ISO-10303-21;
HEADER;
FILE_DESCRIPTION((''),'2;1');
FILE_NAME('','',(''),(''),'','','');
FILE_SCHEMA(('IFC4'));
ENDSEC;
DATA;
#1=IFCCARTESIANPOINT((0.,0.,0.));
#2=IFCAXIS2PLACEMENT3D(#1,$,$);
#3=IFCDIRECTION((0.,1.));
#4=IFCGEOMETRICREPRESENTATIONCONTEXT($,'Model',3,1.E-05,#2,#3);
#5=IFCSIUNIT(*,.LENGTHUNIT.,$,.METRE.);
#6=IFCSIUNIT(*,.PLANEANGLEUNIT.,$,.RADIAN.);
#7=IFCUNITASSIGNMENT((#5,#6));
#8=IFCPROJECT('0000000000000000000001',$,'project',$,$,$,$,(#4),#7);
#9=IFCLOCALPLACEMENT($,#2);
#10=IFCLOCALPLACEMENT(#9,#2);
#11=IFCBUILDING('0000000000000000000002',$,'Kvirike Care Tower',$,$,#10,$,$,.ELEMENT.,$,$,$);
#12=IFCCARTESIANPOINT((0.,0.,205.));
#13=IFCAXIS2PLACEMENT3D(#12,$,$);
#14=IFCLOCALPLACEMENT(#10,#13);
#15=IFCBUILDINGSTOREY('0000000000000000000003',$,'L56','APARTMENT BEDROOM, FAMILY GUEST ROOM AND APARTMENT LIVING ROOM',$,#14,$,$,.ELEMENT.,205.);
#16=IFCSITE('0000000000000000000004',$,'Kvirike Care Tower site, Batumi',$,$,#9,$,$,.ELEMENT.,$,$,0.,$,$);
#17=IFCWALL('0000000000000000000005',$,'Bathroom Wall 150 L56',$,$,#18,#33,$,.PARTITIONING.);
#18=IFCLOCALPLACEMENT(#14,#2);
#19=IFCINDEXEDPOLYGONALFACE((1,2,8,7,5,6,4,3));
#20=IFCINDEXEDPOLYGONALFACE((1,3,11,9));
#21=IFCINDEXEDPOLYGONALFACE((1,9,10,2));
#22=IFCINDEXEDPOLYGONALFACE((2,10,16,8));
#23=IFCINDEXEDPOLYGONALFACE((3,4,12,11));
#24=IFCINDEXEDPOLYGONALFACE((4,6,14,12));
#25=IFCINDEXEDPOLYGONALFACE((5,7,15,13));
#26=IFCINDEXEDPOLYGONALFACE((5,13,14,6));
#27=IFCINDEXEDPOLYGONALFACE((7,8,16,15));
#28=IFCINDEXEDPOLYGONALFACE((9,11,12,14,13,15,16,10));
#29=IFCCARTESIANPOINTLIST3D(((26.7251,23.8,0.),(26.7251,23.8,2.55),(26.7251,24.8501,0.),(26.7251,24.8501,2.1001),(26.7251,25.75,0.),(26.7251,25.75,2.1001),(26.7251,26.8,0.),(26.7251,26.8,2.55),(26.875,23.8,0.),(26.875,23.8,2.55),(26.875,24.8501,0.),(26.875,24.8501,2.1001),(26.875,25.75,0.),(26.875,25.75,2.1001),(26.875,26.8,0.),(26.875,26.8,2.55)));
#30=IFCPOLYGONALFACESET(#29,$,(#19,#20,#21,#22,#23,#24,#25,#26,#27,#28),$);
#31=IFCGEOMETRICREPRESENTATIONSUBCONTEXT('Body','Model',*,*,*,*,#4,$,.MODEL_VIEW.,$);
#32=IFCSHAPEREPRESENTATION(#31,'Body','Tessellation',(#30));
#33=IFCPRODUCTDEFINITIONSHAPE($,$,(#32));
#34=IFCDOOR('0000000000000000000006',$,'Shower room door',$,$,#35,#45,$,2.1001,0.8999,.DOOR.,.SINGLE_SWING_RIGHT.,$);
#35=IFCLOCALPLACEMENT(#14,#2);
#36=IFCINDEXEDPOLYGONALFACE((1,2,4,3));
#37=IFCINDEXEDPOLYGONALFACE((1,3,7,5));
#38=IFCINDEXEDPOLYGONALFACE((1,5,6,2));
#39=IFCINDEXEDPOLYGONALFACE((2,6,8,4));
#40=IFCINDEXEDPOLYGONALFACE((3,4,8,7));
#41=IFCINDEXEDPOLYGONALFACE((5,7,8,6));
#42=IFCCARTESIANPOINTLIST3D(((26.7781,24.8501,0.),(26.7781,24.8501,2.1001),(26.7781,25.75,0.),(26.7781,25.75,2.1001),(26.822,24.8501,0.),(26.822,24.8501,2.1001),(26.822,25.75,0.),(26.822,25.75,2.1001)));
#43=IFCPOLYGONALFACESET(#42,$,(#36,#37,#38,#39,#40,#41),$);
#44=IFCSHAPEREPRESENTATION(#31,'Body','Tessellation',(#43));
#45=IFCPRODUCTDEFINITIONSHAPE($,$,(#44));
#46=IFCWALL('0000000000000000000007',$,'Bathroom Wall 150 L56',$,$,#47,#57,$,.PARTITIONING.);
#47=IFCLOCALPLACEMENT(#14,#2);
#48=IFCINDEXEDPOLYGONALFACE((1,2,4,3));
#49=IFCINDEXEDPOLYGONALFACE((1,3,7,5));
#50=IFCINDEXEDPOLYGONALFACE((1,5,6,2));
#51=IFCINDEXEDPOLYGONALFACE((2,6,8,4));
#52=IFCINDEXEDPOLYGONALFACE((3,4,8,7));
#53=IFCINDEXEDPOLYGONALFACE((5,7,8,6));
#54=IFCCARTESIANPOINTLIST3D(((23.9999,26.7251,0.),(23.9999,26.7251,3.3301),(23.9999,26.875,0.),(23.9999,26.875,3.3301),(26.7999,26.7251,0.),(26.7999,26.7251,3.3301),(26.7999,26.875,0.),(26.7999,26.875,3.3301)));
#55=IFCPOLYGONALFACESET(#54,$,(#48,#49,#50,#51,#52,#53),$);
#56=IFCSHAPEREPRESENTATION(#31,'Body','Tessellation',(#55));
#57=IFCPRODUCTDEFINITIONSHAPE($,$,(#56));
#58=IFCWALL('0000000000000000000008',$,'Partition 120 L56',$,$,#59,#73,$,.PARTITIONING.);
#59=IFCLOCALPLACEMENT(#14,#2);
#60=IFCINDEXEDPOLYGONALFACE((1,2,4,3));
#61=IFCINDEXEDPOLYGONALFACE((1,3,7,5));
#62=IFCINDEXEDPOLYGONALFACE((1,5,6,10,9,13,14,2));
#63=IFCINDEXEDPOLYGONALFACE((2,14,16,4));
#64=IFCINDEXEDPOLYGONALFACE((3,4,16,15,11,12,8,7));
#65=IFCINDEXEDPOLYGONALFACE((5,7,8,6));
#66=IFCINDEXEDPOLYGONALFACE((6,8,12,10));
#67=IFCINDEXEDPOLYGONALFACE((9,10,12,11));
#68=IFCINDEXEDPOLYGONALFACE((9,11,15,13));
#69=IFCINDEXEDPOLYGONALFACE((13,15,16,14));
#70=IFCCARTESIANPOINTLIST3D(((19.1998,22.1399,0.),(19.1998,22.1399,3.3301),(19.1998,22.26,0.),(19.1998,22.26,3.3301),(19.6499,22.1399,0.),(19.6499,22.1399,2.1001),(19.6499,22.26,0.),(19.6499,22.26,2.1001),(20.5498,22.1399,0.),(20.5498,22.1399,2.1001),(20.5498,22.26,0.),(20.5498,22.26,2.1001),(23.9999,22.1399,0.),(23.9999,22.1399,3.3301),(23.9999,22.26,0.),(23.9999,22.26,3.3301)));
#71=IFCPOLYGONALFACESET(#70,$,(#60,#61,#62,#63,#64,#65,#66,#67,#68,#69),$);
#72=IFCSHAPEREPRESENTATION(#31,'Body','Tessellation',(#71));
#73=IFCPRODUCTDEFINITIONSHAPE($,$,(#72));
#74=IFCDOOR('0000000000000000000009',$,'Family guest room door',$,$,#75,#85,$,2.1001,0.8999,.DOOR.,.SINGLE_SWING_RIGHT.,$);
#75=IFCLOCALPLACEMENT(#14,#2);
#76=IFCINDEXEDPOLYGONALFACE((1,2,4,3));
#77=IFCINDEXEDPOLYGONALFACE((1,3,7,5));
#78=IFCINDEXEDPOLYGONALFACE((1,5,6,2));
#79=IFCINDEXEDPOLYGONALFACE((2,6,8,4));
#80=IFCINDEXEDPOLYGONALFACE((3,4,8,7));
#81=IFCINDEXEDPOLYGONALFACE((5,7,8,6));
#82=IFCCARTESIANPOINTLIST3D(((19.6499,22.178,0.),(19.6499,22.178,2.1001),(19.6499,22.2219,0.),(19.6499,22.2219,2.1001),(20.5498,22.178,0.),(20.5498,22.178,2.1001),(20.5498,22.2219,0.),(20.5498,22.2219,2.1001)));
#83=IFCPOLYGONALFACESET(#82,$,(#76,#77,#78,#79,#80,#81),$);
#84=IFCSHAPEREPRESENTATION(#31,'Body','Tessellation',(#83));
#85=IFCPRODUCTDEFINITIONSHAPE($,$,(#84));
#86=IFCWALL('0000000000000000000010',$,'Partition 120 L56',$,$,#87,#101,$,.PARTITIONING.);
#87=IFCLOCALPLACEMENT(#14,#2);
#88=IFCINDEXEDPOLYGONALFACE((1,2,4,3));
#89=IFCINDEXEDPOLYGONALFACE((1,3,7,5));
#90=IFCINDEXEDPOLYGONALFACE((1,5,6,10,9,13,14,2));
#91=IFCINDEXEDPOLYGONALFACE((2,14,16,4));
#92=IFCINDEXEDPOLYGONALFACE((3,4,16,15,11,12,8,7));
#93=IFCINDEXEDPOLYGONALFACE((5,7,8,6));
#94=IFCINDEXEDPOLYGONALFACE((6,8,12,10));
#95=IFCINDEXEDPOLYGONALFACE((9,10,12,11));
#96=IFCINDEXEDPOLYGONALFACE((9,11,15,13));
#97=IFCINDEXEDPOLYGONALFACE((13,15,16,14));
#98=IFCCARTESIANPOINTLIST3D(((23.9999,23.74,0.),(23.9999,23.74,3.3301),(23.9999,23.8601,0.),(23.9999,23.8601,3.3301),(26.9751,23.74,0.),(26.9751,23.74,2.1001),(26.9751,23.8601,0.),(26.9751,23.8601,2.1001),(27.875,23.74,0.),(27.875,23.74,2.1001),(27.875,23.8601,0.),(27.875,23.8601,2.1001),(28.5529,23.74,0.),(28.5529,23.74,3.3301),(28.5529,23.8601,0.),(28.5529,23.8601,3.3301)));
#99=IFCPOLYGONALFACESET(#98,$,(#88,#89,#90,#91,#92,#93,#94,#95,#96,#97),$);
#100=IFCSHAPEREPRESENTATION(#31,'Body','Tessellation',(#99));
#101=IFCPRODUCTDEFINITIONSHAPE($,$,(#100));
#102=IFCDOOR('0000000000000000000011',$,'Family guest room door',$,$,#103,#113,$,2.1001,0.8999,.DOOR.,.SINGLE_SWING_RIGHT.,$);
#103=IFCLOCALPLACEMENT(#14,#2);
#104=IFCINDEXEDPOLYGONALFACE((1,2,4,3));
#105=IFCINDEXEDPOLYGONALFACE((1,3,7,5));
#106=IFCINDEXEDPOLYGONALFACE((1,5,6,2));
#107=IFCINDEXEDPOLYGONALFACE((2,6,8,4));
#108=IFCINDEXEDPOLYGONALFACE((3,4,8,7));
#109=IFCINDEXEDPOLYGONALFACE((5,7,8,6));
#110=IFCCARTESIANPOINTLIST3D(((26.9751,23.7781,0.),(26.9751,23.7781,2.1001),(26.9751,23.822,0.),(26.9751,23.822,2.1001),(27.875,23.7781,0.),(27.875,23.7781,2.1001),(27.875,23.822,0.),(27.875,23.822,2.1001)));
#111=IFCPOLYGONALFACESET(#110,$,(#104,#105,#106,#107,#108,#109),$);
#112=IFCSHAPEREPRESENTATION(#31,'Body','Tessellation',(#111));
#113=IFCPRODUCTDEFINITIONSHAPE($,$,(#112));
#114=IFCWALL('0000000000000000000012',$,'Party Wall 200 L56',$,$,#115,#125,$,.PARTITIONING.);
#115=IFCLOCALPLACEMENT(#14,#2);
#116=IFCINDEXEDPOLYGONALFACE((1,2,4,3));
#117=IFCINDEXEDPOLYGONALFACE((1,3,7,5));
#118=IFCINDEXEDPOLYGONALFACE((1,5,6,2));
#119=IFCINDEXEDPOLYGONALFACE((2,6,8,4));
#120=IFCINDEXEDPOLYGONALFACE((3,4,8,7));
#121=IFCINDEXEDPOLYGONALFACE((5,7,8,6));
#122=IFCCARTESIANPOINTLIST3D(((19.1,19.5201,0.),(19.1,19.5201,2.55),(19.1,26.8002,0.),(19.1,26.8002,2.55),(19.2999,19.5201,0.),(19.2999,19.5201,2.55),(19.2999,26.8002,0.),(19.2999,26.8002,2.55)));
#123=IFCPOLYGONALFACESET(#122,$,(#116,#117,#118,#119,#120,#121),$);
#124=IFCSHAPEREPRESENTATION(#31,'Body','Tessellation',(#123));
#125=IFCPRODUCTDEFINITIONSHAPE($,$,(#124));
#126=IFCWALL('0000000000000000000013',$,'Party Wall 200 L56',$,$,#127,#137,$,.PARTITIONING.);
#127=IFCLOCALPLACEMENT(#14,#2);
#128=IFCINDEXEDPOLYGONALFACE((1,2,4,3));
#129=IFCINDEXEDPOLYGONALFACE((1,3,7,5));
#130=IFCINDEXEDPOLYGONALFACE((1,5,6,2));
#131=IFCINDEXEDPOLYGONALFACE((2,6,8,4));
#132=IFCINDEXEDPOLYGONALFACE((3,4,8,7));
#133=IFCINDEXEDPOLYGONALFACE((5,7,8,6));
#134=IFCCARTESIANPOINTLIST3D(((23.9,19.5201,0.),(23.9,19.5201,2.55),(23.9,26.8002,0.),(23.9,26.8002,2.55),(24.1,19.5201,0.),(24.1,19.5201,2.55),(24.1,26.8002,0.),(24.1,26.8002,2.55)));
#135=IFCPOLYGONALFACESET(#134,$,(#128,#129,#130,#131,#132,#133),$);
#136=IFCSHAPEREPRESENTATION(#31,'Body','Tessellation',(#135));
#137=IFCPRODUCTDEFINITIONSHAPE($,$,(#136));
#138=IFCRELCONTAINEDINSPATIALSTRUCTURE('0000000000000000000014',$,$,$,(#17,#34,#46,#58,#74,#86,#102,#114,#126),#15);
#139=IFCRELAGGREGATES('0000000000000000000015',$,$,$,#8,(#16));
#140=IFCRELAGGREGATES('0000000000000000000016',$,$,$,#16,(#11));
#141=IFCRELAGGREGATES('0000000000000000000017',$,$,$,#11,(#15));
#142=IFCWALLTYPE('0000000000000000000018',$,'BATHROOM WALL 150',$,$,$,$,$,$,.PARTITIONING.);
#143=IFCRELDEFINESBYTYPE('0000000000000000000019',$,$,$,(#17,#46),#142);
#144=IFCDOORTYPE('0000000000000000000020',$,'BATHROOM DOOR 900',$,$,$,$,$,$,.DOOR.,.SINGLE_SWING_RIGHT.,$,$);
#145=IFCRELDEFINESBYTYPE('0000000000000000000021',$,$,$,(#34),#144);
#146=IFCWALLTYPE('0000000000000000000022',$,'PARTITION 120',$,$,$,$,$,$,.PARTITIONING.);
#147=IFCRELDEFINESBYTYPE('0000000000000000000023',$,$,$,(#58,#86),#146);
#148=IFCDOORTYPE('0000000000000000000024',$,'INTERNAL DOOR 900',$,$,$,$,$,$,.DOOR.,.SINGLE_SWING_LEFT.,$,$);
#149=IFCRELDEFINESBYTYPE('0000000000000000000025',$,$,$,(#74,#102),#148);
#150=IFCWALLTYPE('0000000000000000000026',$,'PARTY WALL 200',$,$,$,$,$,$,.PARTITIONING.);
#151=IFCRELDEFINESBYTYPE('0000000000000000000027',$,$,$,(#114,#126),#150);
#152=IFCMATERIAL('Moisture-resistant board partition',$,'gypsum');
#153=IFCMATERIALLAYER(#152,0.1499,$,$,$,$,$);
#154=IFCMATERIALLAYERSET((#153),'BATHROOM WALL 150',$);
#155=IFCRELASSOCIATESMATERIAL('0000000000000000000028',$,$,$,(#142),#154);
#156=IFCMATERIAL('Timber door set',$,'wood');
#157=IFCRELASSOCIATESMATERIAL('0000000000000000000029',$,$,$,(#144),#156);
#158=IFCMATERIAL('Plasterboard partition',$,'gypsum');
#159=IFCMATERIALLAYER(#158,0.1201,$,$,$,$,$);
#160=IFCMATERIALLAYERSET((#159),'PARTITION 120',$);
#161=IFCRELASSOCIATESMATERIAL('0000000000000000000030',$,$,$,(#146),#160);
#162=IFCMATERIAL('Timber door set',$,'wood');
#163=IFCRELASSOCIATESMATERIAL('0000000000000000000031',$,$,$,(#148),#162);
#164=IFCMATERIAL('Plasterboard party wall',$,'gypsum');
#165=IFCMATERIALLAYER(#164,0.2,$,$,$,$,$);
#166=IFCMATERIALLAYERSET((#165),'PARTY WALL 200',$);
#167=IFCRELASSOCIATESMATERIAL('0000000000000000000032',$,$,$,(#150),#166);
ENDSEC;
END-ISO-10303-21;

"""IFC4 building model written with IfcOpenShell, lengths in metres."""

from ifc_helpers import new_model, si_unit, direction, frame, frame_2d, origin, place, context, subcontext, project, spatial, rectangle, extrude, material, layer, layer_set, type_object, element, fill, save


model = new_model("IFC4")

# Units and contexts
model_context = context("Model", 3, precision=1e-05, world=origin(), true_north=direction((0.0, 1.0)))
body_context = subcontext(model_context, "Body", "Model", "MODEL_VIEW")
ifc_project = project(units=[si_unit("LENGTHUNIT", "METRE"), si_unit("PLANEANGLEUNIT", "RADIAN")], contexts=[model_context])

# Site, building, storey
site_placement = place(None, origin())
site = spatial("IfcSite", under=ifc_project, at=site_placement, Name="Kvirike Care Tower site, Batumi", CompositionType="ELEMENT", RefElevation=0.0)
building_placement = place(site_placement, origin())
building = spatial("IfcBuilding", under=site, at=building_placement, Name="Kvirike Care Tower", CompositionType="ELEMENT")
storey_placement = place(building_placement, frame((0.0, 0.0, 205.0)))
storey = spatial("IfcBuildingStorey", under=building, at=storey_placement, Name="L56", Description="APARTMENT BEDROOM, FAMILY GUEST ROOM AND APARTMENT LIVING ROOM", CompositionType="ELEMENT", Elevation=205.0)

# Shared definitions
ifc_material_1 = material(Name="Moisture-resistant board partition", Category="gypsum")
ifc_layer_1 = layer(ifc_material_1, 0.1499)
ifc_layer_set_1 = layer_set([ifc_layer_1], Name="BATHROOM WALL 150")
wall_type_1 = type_object("IfcWallType", Name="BATHROOM WALL 150", PredefinedType="PARTITIONING", material=ifc_layer_set_1)
ifc_material_2 = material(Name="Timber door set", Category="wood")
door_type_1 = type_object("IfcDoorType", Name="BATHROOM DOOR 900", OperationType="SINGLE_SWING_RIGHT", PredefinedType="DOOR", material=ifc_material_2)

# Wall, opening, door
wall_1_placement = place(storey_placement, frame((26.8, 23.8, 0.0), z_axis=(0.0, 0.0, 1.0), x_axis=(0.0, 1.0, 0.0)))
wall_1 = element("IfcWall", 1, at=wall_1_placement, inside=storey, type_object=wall_type_1, Name="Bathroom Wall 150 L56", PredefinedType="PARTITIONING", context=body_context, shape_type="SweptSolid", body=[
    extrude(rectangle(XDim=3.0, YDim=0.1499, at=frame_2d((1.5, 0.0))), origin(), (0.0, 0.0, 1.0), 2.55),
])
opening_1_placement = place(wall_1_placement, frame((1.05, 0.0, 0.0)))
opening_1 = element("IfcOpeningElement", 2, at=opening_1_placement, cuts=wall_1, PredefinedType="OPENING", context=body_context, shape_type="SweptSolid", body=[
    extrude(rectangle(XDim=0.8999, YDim=2.1001, at=frame_2d((0.45, 1.05))), frame((0.0, 0.0854, 0.0), z_axis=(0.0, -1.0, 0.0), x_axis=(1.0, 0.0, 0.0)), (0.0, 0.0, 1.0), 0.1709),
])
door_1_placement = place(opening_1_placement, frame((0.8999, 0.0, 0.0), z_axis=(0.0, 0.0, 1.0), x_axis=(-1.0, 0.0, 0.0)))
door_1 = element("IfcDoor", 3, at=door_1_placement, inside=storey, type_object=door_type_1, Name="Shower room door", OperationType="SINGLE_SWING_RIGHT", OverallHeight=2.1001, OverallWidth=0.8999, PredefinedType="DOOR", context=body_context, shape_type="SweptSolid", body=[
    extrude(rectangle(XDim=0.8999, YDim=2.1001, at=frame_2d((0.45, 1.05))), frame((0.0, 0.022, 0.0), z_axis=(0.0, -1.0, 0.0), x_axis=(1.0, 0.0, 0.0)), (0.0, 0.0, 1.0), 0.0439),
])
fill(opening_1, door_1)

# Wall
wall_2_placement = place(storey_placement, frame((24.0, 26.8, 0.0), z_axis=(0.0, 0.0, 1.0), x_axis=(1.0, 0.0, 0.0)))
element("IfcWall", 4, at=wall_2_placement, inside=storey, type_object=wall_type_1, Name="Bathroom Wall 150 L56", PredefinedType="PARTITIONING", context=body_context, shape_type="SweptSolid", body=[
    extrude(rectangle(XDim=2.8, YDim=0.1499, at=frame_2d((1.3999, 0.0))), origin(), (0.0, 0.0, 1.0), 3.3301),
])

# Walls, openings, doors
ifc_material_3 = material(Name="Plasterboard partition", Category="gypsum")
ifc_layer_2 = layer(ifc_material_3, 0.1201)
ifc_layer_set_2 = layer_set([ifc_layer_2], Name="PARTITION 120")
wall_type_2 = type_object("IfcWallType", Name="PARTITION 120", PredefinedType="PARTITIONING", material=ifc_layer_set_2)
wall_3_placement = place(storey_placement, frame((19.2, 22.2, 0.0), z_axis=(0.0, 0.0, 1.0), x_axis=(1.0, 0.0, 0.0)))
wall_3 = element("IfcWall", 5, at=wall_3_placement, inside=storey, type_object=wall_type_2, Name="Partition 120 L56", PredefinedType="PARTITIONING", context=body_context, shape_type="SweptSolid", body=[
    extrude(rectangle(XDim=4.8, YDim=0.1201, at=frame_2d((2.3999, 0.0))), origin(), (0.0, 0.0, 1.0), 3.3301),
])
opening_2_placement = place(wall_3_placement, frame((0.45, 0.0, 0.0)))
opening_2 = element("IfcOpeningElement", 6, at=opening_2_placement, cuts=wall_3, PredefinedType="OPENING", context=body_context, shape_type="SweptSolid", body=[
    extrude(rectangle(XDim=0.8999, YDim=2.1001, at=frame_2d((0.45, 1.05))), frame((0.0, 0.0706, 0.0), z_axis=(0.0, -1.0, 0.0), x_axis=(1.0, 0.0, 0.0)), (0.0, 0.0, 1.0), 0.1411),
])
ifc_material_4 = material(Name="Timber door set", Category="wood")
door_type_2 = type_object("IfcDoorType", Name="INTERNAL DOOR 900", OperationType="SINGLE_SWING_LEFT", PredefinedType="DOOR", material=ifc_material_4)
door_2_placement = place(opening_2_placement, origin())
door_2 = element("IfcDoor", 7, at=door_2_placement, inside=storey, type_object=door_type_2, Name="Family guest room door", OperationType="SINGLE_SWING_RIGHT", OverallHeight=2.1001, OverallWidth=0.8999, PredefinedType="DOOR", context=body_context, shape_type="SweptSolid", body=[
    extrude(rectangle(XDim=0.8999, YDim=2.1001, at=frame_2d((0.45, 1.05))), frame((0.0, 0.022, 0.0), z_axis=(0.0, -1.0, 0.0), x_axis=(1.0, 0.0, 0.0)), (0.0, 0.0, 1.0), 0.0439),
])
fill(opening_2, door_2)
wall_4_placement = place(storey_placement, frame((24.0, 23.8, 0.0), z_axis=(0.0, 0.0, 1.0), x_axis=(1.0, 0.0, 0.0)))
wall_4 = element("IfcWall", 8, at=wall_4_placement, inside=storey, type_object=wall_type_2, Name="Partition 120 L56", PredefinedType="PARTITIONING", context=body_context, shape_type="SweptSolid", body=[
    extrude(rectangle(XDim=4.553, YDim=0.1201, at=frame_2d((2.2764, 0.0))), origin(), (0.0, 0.0, 1.0), 3.3301),
])
opening_3_placement = place(wall_4_placement, frame((2.9751, 0.0, 0.0)))
opening_3 = element("IfcOpeningElement", 9, at=opening_3_placement, cuts=wall_4, PredefinedType="OPENING", context=body_context, shape_type="SweptSolid", body=[
    extrude(rectangle(XDim=0.8999, YDim=2.1001, at=frame_2d((0.45, 1.05))), frame((0.0, 0.0706, 0.0), z_axis=(0.0, -1.0, 0.0), x_axis=(1.0, 0.0, 0.0)), (0.0, 0.0, 1.0), 0.1411),
])
door_3_placement = place(opening_3_placement, origin())
door_3 = element("IfcDoor", 10, at=door_3_placement, inside=storey, type_object=door_type_2, Name="Family guest room door", OperationType="SINGLE_SWING_RIGHT", OverallHeight=2.1001, OverallWidth=0.8999, PredefinedType="DOOR", context=body_context, shape_type="SweptSolid", body=[
    extrude(rectangle(XDim=0.8999, YDim=2.1001, at=frame_2d((0.45, 1.05))), frame((0.0, 0.022, 0.0), z_axis=(0.0, -1.0, 0.0), x_axis=(1.0, 0.0, 0.0)), (0.0, 0.0, 1.0), 0.0439),
])
fill(opening_3, door_3)

# Walls
ifc_material_5 = material(Name="Plasterboard party wall", Category="gypsum")
ifc_layer_3 = layer(ifc_material_5, 0.2)
ifc_layer_set_3 = layer_set([ifc_layer_3], Name="PARTY WALL 200")
wall_type_3 = type_object("IfcWallType", Name="PARTY WALL 200", PredefinedType="PARTITIONING", material=ifc_layer_set_3)
for number, where, z_axis, x_axis, name in (
    (11, (19.2, 19.52, 0.0), (0.0, 0.0, 1.0), (0.0, 1.0, 0.0), "Party Wall 200 L56"),
    (12, (24.0, 19.52, 0.0), (0.0, 0.0, 1.0), (0.0, 1.0, 0.0), "Party Wall 200 L56"),
):
    element("IfcWall", number, at=place(storey_placement, frame(where, z_axis=z_axis, x_axis=x_axis)), inside=storey, type_object=wall_type_3, Name=name, PredefinedType="PARTITIONING", context=body_context, shape_type="SweptSolid", body=[
        extrude(rectangle(XDim=7.28, YDim=0.2, at=frame_2d((3.6401, 0.0))), origin(), (0.0, 0.0, 1.0), 2.55),
    ])

save(model, "model.ifc")
